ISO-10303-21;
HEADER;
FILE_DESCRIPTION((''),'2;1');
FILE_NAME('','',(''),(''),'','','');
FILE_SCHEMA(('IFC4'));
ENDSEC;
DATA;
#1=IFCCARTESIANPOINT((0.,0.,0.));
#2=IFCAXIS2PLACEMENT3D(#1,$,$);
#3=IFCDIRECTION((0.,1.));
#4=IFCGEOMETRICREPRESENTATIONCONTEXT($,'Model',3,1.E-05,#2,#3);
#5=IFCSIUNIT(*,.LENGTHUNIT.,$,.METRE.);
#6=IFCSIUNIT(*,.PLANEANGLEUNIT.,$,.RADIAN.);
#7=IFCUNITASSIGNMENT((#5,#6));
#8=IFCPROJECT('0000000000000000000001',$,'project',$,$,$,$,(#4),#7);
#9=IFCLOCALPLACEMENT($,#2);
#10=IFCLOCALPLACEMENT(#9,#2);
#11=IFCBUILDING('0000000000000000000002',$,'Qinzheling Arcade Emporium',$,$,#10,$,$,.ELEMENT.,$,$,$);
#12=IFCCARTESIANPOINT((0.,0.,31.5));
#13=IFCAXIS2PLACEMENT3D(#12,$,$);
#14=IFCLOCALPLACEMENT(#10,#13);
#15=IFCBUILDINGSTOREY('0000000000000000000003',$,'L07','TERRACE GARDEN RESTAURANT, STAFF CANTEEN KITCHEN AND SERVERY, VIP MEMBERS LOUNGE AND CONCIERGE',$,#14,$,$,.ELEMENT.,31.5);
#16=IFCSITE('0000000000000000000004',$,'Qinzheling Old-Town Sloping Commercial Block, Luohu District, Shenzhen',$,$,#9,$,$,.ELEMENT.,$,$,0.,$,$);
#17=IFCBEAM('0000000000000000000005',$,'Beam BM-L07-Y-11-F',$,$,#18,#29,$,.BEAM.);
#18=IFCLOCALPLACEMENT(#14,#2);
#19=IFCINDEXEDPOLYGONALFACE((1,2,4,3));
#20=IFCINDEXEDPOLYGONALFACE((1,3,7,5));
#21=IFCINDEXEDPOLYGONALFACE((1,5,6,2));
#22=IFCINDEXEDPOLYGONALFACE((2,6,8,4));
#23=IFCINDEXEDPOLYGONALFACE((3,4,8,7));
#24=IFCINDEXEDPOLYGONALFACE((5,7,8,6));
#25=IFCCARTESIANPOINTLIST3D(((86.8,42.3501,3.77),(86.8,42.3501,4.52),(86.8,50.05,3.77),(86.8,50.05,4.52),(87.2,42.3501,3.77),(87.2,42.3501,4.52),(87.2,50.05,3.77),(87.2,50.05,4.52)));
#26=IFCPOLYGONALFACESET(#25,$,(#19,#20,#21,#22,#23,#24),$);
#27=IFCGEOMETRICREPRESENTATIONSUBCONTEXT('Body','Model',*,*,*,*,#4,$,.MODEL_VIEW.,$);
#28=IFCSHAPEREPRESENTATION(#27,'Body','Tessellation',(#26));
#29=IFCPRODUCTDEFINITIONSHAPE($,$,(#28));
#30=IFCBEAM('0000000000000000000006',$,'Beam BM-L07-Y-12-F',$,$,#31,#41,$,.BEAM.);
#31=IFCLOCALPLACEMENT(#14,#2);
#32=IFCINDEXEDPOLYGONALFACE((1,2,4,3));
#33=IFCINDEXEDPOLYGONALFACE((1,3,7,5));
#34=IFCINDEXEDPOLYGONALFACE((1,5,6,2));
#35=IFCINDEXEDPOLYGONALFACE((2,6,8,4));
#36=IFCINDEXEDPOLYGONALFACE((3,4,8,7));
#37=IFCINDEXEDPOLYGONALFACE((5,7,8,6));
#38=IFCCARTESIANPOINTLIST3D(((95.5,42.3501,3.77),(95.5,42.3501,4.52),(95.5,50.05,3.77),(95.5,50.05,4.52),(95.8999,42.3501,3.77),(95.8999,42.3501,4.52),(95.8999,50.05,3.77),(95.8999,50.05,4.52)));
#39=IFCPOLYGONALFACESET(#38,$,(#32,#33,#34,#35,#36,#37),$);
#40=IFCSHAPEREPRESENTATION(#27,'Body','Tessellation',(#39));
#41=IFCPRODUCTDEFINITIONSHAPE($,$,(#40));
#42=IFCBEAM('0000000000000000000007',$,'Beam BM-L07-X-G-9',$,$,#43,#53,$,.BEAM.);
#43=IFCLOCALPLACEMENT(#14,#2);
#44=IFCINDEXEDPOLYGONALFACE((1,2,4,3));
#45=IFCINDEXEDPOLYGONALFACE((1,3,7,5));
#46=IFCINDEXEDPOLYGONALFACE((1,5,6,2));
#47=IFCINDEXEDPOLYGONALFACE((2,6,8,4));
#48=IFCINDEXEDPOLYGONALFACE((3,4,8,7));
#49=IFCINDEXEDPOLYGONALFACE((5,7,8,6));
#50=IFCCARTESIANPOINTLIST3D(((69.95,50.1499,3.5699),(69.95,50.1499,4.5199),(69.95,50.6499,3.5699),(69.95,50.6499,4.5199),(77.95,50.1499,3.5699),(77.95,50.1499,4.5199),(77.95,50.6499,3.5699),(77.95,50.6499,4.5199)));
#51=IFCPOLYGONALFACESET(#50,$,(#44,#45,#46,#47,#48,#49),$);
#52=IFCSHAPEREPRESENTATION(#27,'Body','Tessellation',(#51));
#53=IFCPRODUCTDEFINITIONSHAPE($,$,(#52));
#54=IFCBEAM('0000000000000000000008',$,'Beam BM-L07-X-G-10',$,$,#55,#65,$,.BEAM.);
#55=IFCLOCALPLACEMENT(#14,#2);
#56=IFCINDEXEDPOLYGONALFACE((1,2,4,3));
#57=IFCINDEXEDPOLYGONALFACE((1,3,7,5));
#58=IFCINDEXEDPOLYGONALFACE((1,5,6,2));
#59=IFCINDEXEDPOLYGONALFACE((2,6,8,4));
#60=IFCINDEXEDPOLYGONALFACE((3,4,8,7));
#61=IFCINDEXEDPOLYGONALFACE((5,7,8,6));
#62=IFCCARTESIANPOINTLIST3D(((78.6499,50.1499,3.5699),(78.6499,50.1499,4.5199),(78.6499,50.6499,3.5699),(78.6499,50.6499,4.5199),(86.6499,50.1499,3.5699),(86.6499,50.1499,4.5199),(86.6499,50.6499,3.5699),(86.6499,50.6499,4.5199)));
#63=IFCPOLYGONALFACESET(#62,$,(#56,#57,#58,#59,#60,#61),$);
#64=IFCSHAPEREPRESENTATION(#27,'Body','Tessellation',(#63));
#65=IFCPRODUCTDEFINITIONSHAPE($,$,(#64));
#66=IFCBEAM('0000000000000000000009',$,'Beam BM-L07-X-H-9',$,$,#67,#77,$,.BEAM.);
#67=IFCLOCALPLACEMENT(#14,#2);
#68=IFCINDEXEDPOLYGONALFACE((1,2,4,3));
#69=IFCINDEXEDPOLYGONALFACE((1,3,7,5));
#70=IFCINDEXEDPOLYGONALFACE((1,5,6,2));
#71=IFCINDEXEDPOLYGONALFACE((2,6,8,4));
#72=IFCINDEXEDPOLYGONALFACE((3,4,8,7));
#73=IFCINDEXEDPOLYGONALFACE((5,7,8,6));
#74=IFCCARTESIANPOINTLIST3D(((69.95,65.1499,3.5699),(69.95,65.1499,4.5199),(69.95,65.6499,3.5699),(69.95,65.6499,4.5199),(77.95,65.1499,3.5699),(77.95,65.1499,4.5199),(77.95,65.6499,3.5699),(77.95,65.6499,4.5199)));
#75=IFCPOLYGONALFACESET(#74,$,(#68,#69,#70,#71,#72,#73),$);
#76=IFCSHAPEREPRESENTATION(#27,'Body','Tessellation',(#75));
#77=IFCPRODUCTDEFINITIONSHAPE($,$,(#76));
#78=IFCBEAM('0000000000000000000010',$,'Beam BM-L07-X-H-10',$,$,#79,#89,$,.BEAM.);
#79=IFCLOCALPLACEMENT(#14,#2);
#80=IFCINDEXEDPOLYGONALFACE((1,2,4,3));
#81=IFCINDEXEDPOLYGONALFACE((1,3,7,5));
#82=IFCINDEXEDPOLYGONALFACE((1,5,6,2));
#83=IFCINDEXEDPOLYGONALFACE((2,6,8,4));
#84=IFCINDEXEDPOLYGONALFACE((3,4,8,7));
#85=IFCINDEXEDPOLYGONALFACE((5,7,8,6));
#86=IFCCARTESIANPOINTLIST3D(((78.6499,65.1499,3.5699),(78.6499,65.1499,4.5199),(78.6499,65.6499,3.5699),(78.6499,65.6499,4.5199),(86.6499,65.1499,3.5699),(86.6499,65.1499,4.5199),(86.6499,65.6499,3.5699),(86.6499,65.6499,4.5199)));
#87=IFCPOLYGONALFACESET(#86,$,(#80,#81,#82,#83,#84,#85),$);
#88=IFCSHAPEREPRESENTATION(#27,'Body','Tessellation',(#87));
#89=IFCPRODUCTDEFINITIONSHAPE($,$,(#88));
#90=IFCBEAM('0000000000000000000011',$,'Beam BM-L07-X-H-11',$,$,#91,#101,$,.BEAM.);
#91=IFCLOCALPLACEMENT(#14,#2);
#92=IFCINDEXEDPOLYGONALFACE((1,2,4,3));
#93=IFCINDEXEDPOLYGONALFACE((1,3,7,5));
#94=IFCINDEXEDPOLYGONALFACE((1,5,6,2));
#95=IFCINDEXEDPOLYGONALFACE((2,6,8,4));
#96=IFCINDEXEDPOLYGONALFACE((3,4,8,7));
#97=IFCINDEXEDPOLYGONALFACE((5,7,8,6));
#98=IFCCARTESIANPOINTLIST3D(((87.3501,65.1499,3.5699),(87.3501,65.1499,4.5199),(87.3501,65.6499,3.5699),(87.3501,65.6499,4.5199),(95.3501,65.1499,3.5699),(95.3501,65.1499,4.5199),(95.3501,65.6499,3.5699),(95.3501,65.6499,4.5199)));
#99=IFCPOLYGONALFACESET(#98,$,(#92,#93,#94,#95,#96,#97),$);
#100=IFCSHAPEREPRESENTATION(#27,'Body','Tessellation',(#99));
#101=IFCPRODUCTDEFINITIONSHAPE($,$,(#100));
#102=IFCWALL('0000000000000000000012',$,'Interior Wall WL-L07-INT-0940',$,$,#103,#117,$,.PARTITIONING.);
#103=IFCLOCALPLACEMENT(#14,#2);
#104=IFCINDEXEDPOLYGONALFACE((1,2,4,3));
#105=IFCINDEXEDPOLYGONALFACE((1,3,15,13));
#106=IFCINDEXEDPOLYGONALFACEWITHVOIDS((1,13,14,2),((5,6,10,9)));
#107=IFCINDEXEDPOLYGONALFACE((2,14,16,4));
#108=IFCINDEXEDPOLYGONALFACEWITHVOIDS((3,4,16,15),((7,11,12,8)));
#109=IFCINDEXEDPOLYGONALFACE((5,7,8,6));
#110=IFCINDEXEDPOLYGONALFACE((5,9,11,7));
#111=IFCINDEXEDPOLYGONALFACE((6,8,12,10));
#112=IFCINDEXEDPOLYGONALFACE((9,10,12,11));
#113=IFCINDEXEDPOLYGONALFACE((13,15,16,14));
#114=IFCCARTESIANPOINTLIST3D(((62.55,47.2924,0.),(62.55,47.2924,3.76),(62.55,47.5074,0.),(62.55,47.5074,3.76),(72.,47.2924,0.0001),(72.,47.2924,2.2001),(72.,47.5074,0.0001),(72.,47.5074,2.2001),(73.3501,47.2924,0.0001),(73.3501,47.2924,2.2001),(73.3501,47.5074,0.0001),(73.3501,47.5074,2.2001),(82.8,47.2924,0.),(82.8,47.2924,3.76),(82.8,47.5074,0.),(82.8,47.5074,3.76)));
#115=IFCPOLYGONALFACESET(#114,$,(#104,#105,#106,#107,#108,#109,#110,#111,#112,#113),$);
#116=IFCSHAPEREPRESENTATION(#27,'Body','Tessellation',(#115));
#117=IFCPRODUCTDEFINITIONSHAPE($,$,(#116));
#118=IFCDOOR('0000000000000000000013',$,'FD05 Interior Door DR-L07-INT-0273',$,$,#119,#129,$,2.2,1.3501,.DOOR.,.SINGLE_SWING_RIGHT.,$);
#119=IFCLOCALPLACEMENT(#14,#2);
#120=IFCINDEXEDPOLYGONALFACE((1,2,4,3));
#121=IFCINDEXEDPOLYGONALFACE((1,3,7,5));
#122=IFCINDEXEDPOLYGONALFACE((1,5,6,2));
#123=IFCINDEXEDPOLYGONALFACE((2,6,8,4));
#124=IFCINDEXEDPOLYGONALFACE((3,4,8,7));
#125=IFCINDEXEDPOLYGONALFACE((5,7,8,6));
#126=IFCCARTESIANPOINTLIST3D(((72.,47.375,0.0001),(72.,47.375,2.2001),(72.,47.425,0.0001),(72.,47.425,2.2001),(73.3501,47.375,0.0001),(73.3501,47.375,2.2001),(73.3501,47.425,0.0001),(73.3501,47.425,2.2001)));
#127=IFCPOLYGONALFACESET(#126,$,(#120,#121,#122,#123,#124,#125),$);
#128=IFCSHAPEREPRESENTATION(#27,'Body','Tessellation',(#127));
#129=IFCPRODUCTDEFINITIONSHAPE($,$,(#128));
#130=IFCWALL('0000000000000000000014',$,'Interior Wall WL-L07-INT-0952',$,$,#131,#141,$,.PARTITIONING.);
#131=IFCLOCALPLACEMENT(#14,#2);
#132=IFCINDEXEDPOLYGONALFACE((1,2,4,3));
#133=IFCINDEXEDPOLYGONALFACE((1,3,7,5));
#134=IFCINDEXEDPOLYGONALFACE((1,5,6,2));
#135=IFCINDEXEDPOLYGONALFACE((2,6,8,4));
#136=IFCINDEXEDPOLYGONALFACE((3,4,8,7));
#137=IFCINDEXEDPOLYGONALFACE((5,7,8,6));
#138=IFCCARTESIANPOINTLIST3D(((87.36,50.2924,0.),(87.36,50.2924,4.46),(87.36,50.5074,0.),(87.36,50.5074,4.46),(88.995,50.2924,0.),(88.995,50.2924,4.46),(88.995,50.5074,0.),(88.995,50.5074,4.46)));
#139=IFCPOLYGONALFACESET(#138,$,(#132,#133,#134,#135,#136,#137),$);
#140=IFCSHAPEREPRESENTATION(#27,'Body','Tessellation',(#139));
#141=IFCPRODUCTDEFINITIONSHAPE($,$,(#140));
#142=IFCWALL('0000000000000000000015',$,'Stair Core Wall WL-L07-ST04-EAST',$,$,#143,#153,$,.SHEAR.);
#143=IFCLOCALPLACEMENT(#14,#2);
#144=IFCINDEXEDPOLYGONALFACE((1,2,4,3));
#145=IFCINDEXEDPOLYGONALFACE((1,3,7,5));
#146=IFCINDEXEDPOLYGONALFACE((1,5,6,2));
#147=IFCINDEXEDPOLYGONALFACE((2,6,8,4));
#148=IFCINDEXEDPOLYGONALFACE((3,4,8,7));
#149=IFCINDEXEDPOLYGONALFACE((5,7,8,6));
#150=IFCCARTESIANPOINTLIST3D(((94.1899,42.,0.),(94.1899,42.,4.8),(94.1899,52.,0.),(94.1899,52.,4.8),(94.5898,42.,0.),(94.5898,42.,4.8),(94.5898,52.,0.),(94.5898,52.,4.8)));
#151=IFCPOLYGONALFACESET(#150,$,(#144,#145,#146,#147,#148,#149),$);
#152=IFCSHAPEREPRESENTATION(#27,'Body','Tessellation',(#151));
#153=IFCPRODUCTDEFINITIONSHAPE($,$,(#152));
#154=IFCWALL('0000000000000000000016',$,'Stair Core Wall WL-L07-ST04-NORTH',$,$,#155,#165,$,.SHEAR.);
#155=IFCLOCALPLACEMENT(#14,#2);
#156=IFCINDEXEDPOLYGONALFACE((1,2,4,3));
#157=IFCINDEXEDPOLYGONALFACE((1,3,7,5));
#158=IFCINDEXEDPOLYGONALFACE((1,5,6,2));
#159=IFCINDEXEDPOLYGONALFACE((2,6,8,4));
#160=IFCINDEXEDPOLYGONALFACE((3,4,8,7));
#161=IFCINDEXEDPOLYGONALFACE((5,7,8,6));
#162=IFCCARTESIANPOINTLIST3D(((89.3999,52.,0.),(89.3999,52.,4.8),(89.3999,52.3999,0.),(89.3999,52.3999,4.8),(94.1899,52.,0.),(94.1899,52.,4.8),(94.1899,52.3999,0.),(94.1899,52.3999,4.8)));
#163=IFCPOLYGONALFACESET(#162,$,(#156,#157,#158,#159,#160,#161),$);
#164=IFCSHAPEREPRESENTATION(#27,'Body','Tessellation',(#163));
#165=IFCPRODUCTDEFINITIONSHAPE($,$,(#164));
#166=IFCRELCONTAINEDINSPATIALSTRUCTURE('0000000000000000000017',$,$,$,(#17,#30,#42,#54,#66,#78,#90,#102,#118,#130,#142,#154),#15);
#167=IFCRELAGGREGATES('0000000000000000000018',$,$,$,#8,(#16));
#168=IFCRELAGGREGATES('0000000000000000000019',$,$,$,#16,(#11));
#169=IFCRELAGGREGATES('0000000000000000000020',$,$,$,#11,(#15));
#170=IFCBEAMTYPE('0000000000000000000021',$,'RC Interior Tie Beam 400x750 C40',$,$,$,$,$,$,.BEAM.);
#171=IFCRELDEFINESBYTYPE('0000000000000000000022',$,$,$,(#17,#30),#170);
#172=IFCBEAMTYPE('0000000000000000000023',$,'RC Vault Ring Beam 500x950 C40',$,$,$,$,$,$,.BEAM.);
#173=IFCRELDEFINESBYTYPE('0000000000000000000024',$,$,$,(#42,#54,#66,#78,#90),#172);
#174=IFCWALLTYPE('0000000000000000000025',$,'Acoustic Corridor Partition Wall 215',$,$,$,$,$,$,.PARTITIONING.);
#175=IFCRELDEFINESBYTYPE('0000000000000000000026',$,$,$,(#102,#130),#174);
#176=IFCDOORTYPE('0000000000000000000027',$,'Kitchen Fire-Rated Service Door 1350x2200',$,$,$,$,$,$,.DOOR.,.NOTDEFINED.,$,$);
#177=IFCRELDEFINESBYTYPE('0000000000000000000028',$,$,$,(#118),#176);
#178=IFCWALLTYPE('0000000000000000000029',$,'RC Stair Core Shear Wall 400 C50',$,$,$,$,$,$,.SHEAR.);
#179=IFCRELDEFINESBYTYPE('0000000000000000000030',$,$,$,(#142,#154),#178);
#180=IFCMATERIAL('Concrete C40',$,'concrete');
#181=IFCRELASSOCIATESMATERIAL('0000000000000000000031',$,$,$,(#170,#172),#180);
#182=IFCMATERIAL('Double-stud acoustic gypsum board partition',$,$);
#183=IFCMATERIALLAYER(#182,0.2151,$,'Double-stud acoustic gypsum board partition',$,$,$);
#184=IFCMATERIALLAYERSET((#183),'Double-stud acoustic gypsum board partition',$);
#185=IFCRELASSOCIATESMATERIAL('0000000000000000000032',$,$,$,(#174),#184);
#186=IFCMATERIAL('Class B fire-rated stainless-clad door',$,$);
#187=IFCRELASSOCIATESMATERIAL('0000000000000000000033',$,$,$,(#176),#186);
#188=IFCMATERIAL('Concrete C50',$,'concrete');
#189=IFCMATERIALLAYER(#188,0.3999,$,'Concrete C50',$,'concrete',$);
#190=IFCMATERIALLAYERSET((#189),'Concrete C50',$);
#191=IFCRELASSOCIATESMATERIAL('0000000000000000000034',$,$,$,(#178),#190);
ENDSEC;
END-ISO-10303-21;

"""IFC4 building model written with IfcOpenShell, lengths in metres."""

from ifc_helpers import new_model, si_unit, direction, frame, frame_2d, origin, origin_2d, place, context, subcontext, project, spatial, rectangle, extrude, material, layer, layer_set, material_profile, profile_set, type_object, element, fill, save


model = new_model("IFC4")

# Units and contexts
model_context = context("Model", 3, precision=1e-05, world=origin(), true_north=direction((0.0, 1.0)))
body_context = subcontext(model_context, "Body", "Model", "MODEL_VIEW")
ifc_project = project(units=[si_unit("LENGTHUNIT", "METRE"), si_unit("PLANEANGLEUNIT", "RADIAN")], contexts=[model_context])

# Site, building, storey
site_placement = place(None, origin())
site = spatial("IfcSite", under=ifc_project, at=site_placement, Name="Qinzheling Old-Town Sloping Commercial Block, Luohu District, Shenzhen", CompositionType="ELEMENT", RefElevation=0.0)
building_placement = place(site_placement, origin())
building = spatial("IfcBuilding", under=site, at=building_placement, Name="Qinzheling Arcade Emporium", CompositionType="ELEMENT")
storey_placement = place(building_placement, frame((0.0, 0.0, 31.5)))
storey = spatial("IfcBuildingStorey", under=building, at=storey_placement, Name="L07", Description="TERRACE GARDEN RESTAURANT, STAFF CANTEEN KITCHEN AND SERVERY, VIP MEMBERS LOUNGE AND CONCIERGE", CompositionType="ELEMENT", Elevation=31.5)

# Shared definitions
ifc_material_1 = material(Name="Concrete C40", Category="concrete")

# Beams
ifc_material_profile_1 = material_profile(ifc_material_1, rectangle(XDim=0.3999, YDim=0.75, at=origin_2d()), Name="RC 400x750", Category="concrete")
ifc_profile_set_1 = profile_set([ifc_material_profile_1], Name="Concrete C40")
beam_type_1 = type_object("IfcBeamType", Name="RC Interior Tie Beam 400x750 C40", PredefinedType="BEAM", material=ifc_profile_set_1)
for number, where, z_axis, x_axis, name in (
    (1, (87.0, 42.3501, 4.145), (0.0, 1.0, 0.0), (-1.0, 0.0, 0.0), "Beam BM-L07-Y-11-F"),
    (2, (95.7, 42.3501, 4.145), (0.0, 1.0, 0.0), (-1.0, 0.0, 0.0), "Beam BM-L07-Y-12-F"),
):
    element("IfcBeam", number, at=place(storey_placement, frame(where, z_axis=z_axis, x_axis=x_axis)), inside=storey, type_object=beam_type_1, Name=name, PredefinedType="BEAM", context=body_context, shape_type="SweptSolid", body=[
        extrude(rectangle(XDim=0.3999, YDim=0.75, at=origin_2d()), origin(), (0.0, 0.0, 1.0), 7.7),
    ])
ifc_material_profile_2 = material_profile(ifc_material_1, rectangle(XDim=0.5, YDim=0.95, at=origin_2d()), Name="RC 500x950", Category="concrete")
ifc_profile_set_2 = profile_set([ifc_material_profile_2], Name="Concrete C40")
beam_type_2 = type_object("IfcBeamType", Name="RC Vault Ring Beam 500x950 C40", PredefinedType="BEAM", material=ifc_profile_set_2)
for number, where, z_axis, x_axis, name in (
    (3, (69.95, 50.3999, 4.0449), (1.0, 0.0, 0.0), (0.0, 1.0, 0.0), "Beam BM-L07-X-G-9"),
    (4, (78.6499, 50.3999, 4.0449), (1.0, 0.0, 0.0), (0.0, 1.0, 0.0), "Beam BM-L07-X-G-10"),
    (5, (69.95, 65.3999, 4.0449), (1.0, 0.0, 0.0), (0.0, 1.0, 0.0), "Beam BM-L07-X-H-9"),
    (6, (78.6499, 65.3999, 4.0449), (1.0, 0.0, 0.0), (0.0, 1.0, 0.0), "Beam BM-L07-X-H-10"),
    (7, (87.3501, 65.3999, 4.0449), (1.0, 0.0, 0.0), (0.0, 1.0, 0.0), "Beam BM-L07-X-H-11"),
):
    element("IfcBeam", number, at=place(storey_placement, frame(where, z_axis=z_axis, x_axis=x_axis)), inside=storey, type_object=beam_type_2, Name=name, PredefinedType="BEAM", context=body_context, shape_type="SweptSolid", body=[
        extrude(rectangle(XDim=0.5, YDim=0.95, at=origin_2d()), origin(), (0.0, 0.0, 1.0), 8.0),
    ])

# Wall, opening, door
ifc_material_2 = material(Name="Double-stud acoustic gypsum board partition")
ifc_layer_1 = layer(ifc_material_2, 0.2151, Name="Double-stud acoustic gypsum board partition")
ifc_layer_set_1 = layer_set([ifc_layer_1], Name="Double-stud acoustic gypsum board partition")
wall_type_1 = type_object("IfcWallType", Name="Acoustic Corridor Partition Wall 215", PredefinedType="PARTITIONING", material=ifc_layer_set_1)
wall_1_placement = place(storey_placement, frame((82.8, 47.3999, 0.0), z_axis=(0.0, 0.0, 1.0), x_axis=(-1.0, 0.0, 0.0)))
wall_1 = element("IfcWall", 8, at=wall_1_placement, inside=storey, type_object=wall_type_1, Name="Interior Wall WL-L07-INT-0940", PredefinedType="PARTITIONING", context=body_context, shape_type="SweptSolid", body=[
    extrude(rectangle(XDim=20.25, YDim=0.2151, at=frame_2d((10.125, 0.0))), origin(), (0.0, 0.0, 1.0), 3.76),
])
opening_placement = place(wall_1_placement, frame((9.45, 0.0, 0.0)))
opening = element("IfcOpeningElement", 9, at=opening_placement, cuts=wall_1, PredefinedType="OPENING", context=body_context, shape_type="SweptSolid", body=[
    extrude(rectangle(XDim=1.3501, YDim=2.2, at=frame_2d((0.675, 1.1001))), frame((0.0, 0.1177, 0.0), z_axis=(0.0, -1.0, 0.0), x_axis=(1.0, 0.0, 0.0)), (0.0, 0.0, 1.0), 0.2351),
])
ifc_material_3 = material(Name="Class B fire-rated stainless-clad door")
door_type = type_object("IfcDoorType", Name="Kitchen Fire-Rated Service Door 1350x2200", OperationType="NOTDEFINED", PredefinedType="DOOR", material=ifc_material_3)
door_placement = place(opening_placement, origin())
door = element("IfcDoor", 10, at=door_placement, inside=storey, type_object=door_type, Name="FD05 Interior Door DR-L07-INT-0273", OperationType="SINGLE_SWING_RIGHT", OverallHeight=2.2, OverallWidth=1.3501, PredefinedType="DOOR", context=body_context, shape_type="SweptSolid", body=[
    extrude(rectangle(XDim=1.3501, YDim=2.2, at=frame_2d((0.675, 1.1001))), frame((0.0, 0.0249, 0.0), z_axis=(0.0, -1.0, 0.0), x_axis=(1.0, 0.0, 0.0)), (0.0, 0.0, 1.0), 0.05),
])
fill(opening, door)

# Walls
wall_2_placement = place(storey_placement, frame((87.3601, 50.3999, 0.0), z_axis=(0.0, 0.0, 1.0), x_axis=(1.0, 0.0, 0.0)))
element("IfcWall", 11, at=wall_2_placement, inside=storey, type_object=wall_type_1, Name="Interior Wall WL-L07-INT-0952", PredefinedType="PARTITIONING", context=body_context, shape_type="SweptSolid", body=[
    extrude(rectangle(XDim=1.635, YDim=0.2151, at=frame_2d((0.8174, 0.0))), origin(), (0.0, 0.0, 1.0), 4.46),
])
ifc_material_4 = material(Name="Concrete C50", Category="concrete")
ifc_layer_2 = layer(ifc_material_4, 0.3999, Name="Concrete C50", Category="concrete")
ifc_layer_set_2 = layer_set([ifc_layer_2], Name="Concrete C50")
wall_type_2 = type_object("IfcWallType", Name="RC Stair Core Shear Wall 400 C50", PredefinedType="SHEAR", material=ifc_layer_set_2)
wall_3_placement = place(storey_placement, frame((94.3899, 52.0, 0.0), z_axis=(0.0, 0.0, 1.0), x_axis=(0.0, -1.0, 0.0)))
element("IfcWall", 12, at=wall_3_placement, inside=storey, type_object=wall_type_2, Name="Stair Core Wall WL-L07-ST04-EAST", PredefinedType="SHEAR", context=body_context, shape_type="SweptSolid", body=[
    extrude(rectangle(XDim=10.0, YDim=0.3999, at=frame_2d((5.0, 0.0))), origin(), (0.0, 0.0, 1.0), 4.8),
])
wall_4_placement = place(storey_placement, frame((89.3999, 52.2, 0.0), z_axis=(0.0, 0.0, 1.0), x_axis=(1.0, 0.0, 0.0)))
element("IfcWall", 13, at=wall_4_placement, inside=storey, type_object=wall_type_2, Name="Stair Core Wall WL-L07-ST04-NORTH", PredefinedType="SHEAR", context=body_context, shape_type="SweptSolid", body=[
    extrude(rectangle(XDim=4.79, YDim=0.3999, at=frame_2d((2.395, 0.0))), origin(), (0.0, 0.0, 1.0), 4.8),
])

save(model, "model.ifc")
